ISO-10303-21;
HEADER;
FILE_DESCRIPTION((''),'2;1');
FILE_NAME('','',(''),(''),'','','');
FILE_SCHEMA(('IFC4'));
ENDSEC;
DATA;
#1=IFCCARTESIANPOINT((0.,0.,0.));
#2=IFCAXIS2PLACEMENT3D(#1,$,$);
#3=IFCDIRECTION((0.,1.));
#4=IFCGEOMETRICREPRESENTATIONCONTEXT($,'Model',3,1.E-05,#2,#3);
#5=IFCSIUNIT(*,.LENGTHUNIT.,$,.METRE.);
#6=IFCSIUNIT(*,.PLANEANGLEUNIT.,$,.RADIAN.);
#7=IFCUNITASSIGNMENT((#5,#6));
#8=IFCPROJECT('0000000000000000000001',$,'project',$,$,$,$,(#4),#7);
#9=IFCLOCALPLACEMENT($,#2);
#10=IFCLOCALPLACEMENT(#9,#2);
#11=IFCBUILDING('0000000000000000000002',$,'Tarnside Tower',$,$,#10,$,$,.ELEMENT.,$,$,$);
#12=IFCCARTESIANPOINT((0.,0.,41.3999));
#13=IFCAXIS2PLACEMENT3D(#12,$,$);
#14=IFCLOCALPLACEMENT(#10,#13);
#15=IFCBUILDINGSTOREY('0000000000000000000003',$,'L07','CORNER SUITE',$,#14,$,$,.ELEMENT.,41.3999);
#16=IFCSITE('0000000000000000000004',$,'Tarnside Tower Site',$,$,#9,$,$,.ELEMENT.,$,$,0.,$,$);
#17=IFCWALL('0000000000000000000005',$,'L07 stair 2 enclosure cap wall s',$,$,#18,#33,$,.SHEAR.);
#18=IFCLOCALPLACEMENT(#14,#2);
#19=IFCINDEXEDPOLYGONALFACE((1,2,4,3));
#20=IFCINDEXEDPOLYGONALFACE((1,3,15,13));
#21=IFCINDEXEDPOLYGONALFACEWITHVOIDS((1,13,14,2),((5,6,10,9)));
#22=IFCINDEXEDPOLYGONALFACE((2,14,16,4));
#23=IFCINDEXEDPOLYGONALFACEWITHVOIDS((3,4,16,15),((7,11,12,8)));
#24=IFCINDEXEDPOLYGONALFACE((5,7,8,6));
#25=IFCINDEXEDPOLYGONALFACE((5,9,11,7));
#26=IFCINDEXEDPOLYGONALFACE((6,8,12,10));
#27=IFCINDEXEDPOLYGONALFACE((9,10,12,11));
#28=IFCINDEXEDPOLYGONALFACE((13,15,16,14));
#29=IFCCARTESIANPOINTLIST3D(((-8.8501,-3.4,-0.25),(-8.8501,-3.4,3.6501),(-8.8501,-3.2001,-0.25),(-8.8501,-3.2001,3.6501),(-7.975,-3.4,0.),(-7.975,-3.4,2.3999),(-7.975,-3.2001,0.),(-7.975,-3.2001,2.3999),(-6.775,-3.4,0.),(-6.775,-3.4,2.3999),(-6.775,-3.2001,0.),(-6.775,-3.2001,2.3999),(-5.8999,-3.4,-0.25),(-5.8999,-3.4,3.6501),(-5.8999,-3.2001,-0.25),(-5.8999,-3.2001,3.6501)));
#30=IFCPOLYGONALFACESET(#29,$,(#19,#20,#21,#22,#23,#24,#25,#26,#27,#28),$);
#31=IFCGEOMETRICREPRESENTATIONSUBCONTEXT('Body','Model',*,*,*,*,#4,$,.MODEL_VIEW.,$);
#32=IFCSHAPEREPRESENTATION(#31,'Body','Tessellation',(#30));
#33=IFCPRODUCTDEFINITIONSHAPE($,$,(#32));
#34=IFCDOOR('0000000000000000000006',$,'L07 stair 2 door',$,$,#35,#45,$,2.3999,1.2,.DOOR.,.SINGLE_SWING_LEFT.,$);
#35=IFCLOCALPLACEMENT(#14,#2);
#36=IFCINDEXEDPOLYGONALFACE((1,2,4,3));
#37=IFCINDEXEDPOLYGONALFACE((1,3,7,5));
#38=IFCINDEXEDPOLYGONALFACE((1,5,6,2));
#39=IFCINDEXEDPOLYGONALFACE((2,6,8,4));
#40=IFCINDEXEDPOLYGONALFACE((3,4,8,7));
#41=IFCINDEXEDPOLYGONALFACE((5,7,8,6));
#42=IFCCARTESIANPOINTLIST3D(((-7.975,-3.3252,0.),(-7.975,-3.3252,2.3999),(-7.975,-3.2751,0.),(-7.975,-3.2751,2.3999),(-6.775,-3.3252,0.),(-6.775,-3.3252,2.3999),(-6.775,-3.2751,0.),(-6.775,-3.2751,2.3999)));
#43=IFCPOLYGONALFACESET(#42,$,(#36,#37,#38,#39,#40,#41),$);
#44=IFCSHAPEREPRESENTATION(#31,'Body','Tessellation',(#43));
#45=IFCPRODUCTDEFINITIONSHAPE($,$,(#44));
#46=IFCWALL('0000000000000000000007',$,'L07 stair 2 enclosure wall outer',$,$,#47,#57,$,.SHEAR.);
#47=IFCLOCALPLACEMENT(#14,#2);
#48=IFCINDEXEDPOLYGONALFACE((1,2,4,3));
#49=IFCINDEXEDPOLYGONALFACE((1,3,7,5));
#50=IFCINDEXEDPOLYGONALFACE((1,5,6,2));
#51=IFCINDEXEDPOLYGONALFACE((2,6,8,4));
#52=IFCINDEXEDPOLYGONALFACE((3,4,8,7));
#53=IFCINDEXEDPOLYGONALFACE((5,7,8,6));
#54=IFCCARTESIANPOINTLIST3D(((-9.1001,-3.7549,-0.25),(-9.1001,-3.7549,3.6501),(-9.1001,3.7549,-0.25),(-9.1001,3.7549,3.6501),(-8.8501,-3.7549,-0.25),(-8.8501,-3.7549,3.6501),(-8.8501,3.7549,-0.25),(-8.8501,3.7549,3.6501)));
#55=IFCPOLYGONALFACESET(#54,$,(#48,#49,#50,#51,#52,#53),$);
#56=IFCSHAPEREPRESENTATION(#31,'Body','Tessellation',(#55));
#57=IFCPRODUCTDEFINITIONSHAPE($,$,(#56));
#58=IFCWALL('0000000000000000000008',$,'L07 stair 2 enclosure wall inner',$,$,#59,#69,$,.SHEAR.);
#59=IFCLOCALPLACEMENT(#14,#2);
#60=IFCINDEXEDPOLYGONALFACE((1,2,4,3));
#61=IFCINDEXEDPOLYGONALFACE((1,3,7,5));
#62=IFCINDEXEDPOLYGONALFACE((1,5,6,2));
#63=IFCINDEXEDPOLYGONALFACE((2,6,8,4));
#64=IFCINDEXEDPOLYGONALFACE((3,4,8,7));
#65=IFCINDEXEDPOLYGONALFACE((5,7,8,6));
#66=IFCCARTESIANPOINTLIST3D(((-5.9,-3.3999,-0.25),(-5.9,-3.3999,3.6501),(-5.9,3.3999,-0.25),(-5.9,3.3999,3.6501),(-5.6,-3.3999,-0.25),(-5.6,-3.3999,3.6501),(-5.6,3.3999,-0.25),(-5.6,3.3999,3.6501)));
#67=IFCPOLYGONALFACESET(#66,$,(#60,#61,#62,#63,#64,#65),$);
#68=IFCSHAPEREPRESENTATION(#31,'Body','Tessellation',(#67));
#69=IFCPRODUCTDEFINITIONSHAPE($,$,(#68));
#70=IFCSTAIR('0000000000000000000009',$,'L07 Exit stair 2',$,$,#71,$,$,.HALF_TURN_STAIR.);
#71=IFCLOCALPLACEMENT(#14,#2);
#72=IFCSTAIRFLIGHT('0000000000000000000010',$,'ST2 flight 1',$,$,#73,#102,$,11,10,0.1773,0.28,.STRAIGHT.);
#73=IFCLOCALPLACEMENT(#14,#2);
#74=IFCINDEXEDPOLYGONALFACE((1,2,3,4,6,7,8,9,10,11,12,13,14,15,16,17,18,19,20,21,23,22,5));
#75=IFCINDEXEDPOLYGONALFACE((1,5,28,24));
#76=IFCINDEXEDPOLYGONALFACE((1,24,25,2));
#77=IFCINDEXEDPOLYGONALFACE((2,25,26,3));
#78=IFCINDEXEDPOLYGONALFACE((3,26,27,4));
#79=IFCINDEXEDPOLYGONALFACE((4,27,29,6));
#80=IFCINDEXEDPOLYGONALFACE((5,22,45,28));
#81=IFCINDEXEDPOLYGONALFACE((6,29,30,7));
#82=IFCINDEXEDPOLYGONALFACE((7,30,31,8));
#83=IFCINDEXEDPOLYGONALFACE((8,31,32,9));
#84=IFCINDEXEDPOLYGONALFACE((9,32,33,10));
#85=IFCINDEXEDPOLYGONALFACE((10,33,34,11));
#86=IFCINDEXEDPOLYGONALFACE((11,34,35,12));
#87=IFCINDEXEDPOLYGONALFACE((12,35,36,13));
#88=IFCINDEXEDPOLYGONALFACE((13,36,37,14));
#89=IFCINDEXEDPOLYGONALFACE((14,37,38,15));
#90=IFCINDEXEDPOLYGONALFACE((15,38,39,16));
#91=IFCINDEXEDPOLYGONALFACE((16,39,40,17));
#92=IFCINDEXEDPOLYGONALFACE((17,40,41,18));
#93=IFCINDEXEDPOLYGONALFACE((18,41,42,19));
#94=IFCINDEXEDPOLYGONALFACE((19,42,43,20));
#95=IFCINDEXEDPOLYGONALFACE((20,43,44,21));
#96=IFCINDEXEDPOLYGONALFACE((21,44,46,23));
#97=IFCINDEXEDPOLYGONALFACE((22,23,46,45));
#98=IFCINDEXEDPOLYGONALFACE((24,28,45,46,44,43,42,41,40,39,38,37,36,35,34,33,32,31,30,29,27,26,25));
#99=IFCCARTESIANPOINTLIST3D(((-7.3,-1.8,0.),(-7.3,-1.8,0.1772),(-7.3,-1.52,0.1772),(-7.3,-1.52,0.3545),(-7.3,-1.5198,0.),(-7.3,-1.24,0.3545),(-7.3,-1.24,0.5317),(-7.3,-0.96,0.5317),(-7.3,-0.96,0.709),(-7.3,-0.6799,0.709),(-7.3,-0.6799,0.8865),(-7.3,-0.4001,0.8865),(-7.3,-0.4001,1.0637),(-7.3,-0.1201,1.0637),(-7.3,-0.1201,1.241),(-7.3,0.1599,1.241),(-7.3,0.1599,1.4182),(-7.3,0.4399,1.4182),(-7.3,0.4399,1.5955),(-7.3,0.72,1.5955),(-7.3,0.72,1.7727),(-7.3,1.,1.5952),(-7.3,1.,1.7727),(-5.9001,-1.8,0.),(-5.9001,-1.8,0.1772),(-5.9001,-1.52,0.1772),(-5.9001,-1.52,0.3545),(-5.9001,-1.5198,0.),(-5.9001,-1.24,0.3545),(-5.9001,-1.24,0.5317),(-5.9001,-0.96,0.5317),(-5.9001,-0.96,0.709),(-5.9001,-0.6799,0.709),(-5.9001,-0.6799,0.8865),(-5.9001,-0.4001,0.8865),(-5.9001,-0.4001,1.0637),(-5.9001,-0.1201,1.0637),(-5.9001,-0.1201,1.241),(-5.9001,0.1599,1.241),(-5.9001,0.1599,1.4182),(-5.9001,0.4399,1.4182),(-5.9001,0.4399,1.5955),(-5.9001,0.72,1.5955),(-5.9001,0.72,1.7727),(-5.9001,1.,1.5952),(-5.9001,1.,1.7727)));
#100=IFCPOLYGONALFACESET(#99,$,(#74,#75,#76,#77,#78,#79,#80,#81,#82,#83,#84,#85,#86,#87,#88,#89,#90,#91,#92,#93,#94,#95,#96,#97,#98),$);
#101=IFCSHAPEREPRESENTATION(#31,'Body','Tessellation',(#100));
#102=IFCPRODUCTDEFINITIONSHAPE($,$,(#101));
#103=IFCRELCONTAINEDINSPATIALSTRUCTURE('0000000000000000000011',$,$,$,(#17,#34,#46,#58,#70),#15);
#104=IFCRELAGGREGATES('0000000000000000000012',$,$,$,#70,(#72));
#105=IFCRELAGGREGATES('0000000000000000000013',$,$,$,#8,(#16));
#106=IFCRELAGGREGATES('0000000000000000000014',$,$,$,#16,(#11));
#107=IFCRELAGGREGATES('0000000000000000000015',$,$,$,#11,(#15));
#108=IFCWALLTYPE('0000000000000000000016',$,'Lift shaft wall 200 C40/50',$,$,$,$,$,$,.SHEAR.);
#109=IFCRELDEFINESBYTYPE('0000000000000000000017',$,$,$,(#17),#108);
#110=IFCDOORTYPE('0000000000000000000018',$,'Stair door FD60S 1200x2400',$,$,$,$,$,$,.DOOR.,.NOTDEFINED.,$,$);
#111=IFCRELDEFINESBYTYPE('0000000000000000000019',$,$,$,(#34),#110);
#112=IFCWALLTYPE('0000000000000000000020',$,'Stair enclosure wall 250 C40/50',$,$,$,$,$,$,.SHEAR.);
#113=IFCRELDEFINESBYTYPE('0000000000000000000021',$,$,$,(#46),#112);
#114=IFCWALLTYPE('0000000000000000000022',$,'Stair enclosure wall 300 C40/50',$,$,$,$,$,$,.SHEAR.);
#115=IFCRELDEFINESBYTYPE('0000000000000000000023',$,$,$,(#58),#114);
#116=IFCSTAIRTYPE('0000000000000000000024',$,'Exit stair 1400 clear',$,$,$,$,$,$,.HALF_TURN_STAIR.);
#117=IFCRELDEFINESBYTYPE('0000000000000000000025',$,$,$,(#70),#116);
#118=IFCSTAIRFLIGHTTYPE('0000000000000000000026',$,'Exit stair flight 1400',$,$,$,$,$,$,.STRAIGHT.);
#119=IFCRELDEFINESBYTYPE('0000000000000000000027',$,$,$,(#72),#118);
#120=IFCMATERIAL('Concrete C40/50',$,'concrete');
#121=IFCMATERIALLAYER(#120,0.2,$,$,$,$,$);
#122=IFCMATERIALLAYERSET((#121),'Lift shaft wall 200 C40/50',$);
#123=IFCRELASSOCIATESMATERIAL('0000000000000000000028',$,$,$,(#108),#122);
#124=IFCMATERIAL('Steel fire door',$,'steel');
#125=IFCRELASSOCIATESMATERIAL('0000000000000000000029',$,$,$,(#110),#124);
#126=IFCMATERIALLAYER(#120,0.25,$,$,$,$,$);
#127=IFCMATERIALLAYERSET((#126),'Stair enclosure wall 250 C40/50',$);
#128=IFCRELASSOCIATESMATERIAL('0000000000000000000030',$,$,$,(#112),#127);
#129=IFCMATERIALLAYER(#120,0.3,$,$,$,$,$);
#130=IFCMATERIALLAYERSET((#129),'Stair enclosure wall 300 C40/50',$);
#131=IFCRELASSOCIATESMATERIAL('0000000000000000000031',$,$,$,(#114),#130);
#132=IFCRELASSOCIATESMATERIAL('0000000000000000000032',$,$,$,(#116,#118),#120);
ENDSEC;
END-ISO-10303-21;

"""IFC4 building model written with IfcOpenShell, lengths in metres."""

from ifc_helpers import new_model, si_unit, direction, frame, frame_2d, origin, place, context, subcontext, project, spatial, polyline, rectangle, outline, extrude, material, layer, layer_set, type_object, element, fill, aggregate, save


model = new_model("IFC4")

# Units and contexts
model_context = context("Model", 3, precision=1e-05, world=origin(), true_north=direction((0.0, 1.0)))
body_context = subcontext(model_context, "Body", "Model", "MODEL_VIEW")
ifc_project = project(units=[si_unit("LENGTHUNIT", "METRE"), si_unit("PLANEANGLEUNIT", "RADIAN")], contexts=[model_context])

# Site, building, storey
site_placement = place(None, origin())
site = spatial("IfcSite", under=ifc_project, at=site_placement, Name="Tarnside Tower Site", CompositionType="ELEMENT", RefElevation=0.0)
building_placement = place(site_placement, origin())
building = spatial("IfcBuilding", under=site, at=building_placement, Name="Tarnside Tower", CompositionType="ELEMENT")
storey_placement = place(building_placement, frame((0.0, 0.0, 41.3999)))
storey = spatial("IfcBuildingStorey", under=building, at=storey_placement, Name="L07", Description="CORNER SUITE", CompositionType="ELEMENT", Elevation=41.3999)

# Shared definitions
ifc_material_1 = material(Name="Steel fire door", Category="steel")

# Shared definitions
ifc_material_2 = material(Name="Concrete C40/50", Category="concrete")

# Shared definitions
ifc_layer_1 = layer(ifc_material_2, 0.2)
ifc_layer_set_1 = layer_set([ifc_layer_1], Name="Lift shaft wall 200 C40/50")
wall_type_1 = type_object("IfcWallType", Name="Lift shaft wall 200 C40/50", PredefinedType="SHEAR", material=ifc_layer_set_1)

# Wall, opening, door
wall_1_placement = place(storey_placement, frame((-8.8501, -3.3, -0.25), z_axis=(0.0, 0.0, 1.0), x_axis=(1.0, 0.0, 0.0)))
wall_1 = element("IfcWall", 1, at=wall_1_placement, inside=storey, type_object=wall_type_1, Name="L07 stair 2 enclosure cap wall s", PredefinedType="SHEAR", context=body_context, shape_type="SweptSolid", body=[
    extrude(rectangle(XDim=2.9502, YDim=0.2, at=frame_2d((1.4751, 0.0))), origin(), (0.0, 0.0, 1.0), 3.9001),
])
opening_1_placement = place(wall_1_placement, frame((0.875, 0.0, 0.25)))
opening_1 = element("IfcOpeningElement", 2, at=opening_1_placement, cuts=wall_1, PredefinedType="OPENING", context=body_context, shape_type="SweptSolid", body=[
    extrude(rectangle(XDim=1.2, YDim=2.3999, at=frame_2d((0.6001, 1.2))), frame((0.0, 0.1099, 0.0), z_axis=(0.0, -1.0, 0.0), x_axis=(1.0, 0.0, 0.0)), (0.0, 0.0, 1.0), 0.22),
])
door_type_1 = type_object("IfcDoorType", Name="Stair door FD60S 1200x2400", OperationType="NOTDEFINED", PredefinedType="DOOR", material=ifc_material_1)
door_1_placement = place(opening_1_placement, origin())
door_1 = element("IfcDoor", 3, at=door_1_placement, inside=storey, type_object=door_type_1, Name="L07 stair 2 door", OperationType="SINGLE_SWING_LEFT", OverallHeight=2.3999, OverallWidth=1.2, PredefinedType="DOOR", context=body_context, shape_type="SweptSolid", body=[
    extrude(rectangle(XDim=1.2, YDim=2.3999, at=frame_2d((0.6001, 1.2))), frame((0.0, 0.0249, 0.0), z_axis=(0.0, -1.0, 0.0), x_axis=(1.0, 0.0, 0.0)), (0.0, 0.0, 1.0), 0.05),
])
fill(opening_1, door_1)

# Walls
ifc_layer_2 = layer(ifc_material_2, 0.25)
ifc_layer_set_2 = layer_set([ifc_layer_2], Name="Stair enclosure wall 250 C40/50")
wall_type_2 = type_object("IfcWallType", Name="Stair enclosure wall 250 C40/50", PredefinedType="SHEAR", material=ifc_layer_set_2)
wall_2_placement = place(storey_placement, frame((-8.9751, -3.7549, -0.25), z_axis=(0.0, 0.0, 1.0), x_axis=(0.0, 1.0, 0.0)))
element("IfcWall", 4, at=wall_2_placement, inside=storey, type_object=wall_type_2, Name="L07 stair 2 enclosure wall outer", PredefinedType="SHEAR", context=body_context, shape_type="SweptSolid", body=[
    extrude(rectangle(XDim=7.5098, YDim=0.25, at=frame_2d((3.7549, 0.0))), origin(), (0.0, 0.0, 1.0), 3.9001),
])
ifc_layer_3 = layer(ifc_material_2, 0.3)
ifc_layer_set_3 = layer_set([ifc_layer_3], Name="Stair enclosure wall 300 C40/50")
wall_type_3 = type_object("IfcWallType", Name="Stair enclosure wall 300 C40/50", PredefinedType="SHEAR", material=ifc_layer_set_3)
wall_3_placement = place(storey_placement, frame((-5.75, -3.3999, -0.25), z_axis=(0.0, 0.0, 1.0), x_axis=(0.0, 1.0, 0.0)))
element("IfcWall", 5, at=wall_3_placement, inside=storey, type_object=wall_type_3, Name="L07 stair 2 enclosure wall inner", PredefinedType="SHEAR", context=body_context, shape_type="SweptSolid", body=[
    extrude(rectangle(XDim=6.7998, YDim=0.3, at=frame_2d((3.3999, 0.0))), origin(), (0.0, 0.0, 1.0), 3.9001),
])

# Stair, stair flight
stair_type = type_object("IfcStairType", Name="Exit stair 1400 clear", PredefinedType="HALF_TURN_STAIR", material=ifc_material_2)
stair_placement = place(storey_placement, origin())
stair = element("IfcStair", 6, at=stair_placement, inside=storey, type_object=stair_type, Name="L07 Exit stair 2", PredefinedType="HALF_TURN_STAIR")
stair_flight_type = type_object("IfcStairFlightType", Name="Exit stair flight 1400", PredefinedType="STRAIGHT", material=ifc_material_2)
stair_flight_placement = place(storey_placement, frame((-6.6001, -1.8, 0.0), z_axis=(0.0, 0.0, 1.0), x_axis=(0.0, 1.0, 0.0)))
stair_flight = element("IfcStairFlight", 7, at=stair_flight_placement, type_object=stair_flight_type, Name="ST2 flight 1", NumberOfRisers=11, NumberOfTreads=10, PredefinedType="STRAIGHT", RiserHeight=0.1773, TreadLength=0.28, context=body_context, shape_type="SweptSolid", body=[
    extrude(outline(polyline([(0.0, 0.0), (0.0, 0.1772), (0.28, 0.1772), (0.28, 0.3545), (0.5601, 0.3545), (0.5601, 0.5317), (0.8401, 0.5317), (0.8401, 0.709), (1.1201, 0.709), (1.1201, 0.8865), (1.3999, 0.8865), (1.3999, 1.0637), (1.6799, 1.0637), (1.6799, 1.241), (1.96, 1.241), (1.96, 1.4182), (2.24, 1.4182), (2.24, 1.5955), (2.52, 1.5955), (2.52, 1.7727), (2.8, 1.7727), (2.8, 1.95), (2.8, 1.5952), (0.2803, 0.0), (0.0, 0.0)])), frame((0.0, 0.7, 0.0), z_axis=(0.0, -1.0, 0.0), x_axis=(1.0, 0.0, 0.0)), (0.0, 0.0, 1.0), 1.3999),
])
aggregate(stair, [stair_flight])

save(model, "model.ifc")
